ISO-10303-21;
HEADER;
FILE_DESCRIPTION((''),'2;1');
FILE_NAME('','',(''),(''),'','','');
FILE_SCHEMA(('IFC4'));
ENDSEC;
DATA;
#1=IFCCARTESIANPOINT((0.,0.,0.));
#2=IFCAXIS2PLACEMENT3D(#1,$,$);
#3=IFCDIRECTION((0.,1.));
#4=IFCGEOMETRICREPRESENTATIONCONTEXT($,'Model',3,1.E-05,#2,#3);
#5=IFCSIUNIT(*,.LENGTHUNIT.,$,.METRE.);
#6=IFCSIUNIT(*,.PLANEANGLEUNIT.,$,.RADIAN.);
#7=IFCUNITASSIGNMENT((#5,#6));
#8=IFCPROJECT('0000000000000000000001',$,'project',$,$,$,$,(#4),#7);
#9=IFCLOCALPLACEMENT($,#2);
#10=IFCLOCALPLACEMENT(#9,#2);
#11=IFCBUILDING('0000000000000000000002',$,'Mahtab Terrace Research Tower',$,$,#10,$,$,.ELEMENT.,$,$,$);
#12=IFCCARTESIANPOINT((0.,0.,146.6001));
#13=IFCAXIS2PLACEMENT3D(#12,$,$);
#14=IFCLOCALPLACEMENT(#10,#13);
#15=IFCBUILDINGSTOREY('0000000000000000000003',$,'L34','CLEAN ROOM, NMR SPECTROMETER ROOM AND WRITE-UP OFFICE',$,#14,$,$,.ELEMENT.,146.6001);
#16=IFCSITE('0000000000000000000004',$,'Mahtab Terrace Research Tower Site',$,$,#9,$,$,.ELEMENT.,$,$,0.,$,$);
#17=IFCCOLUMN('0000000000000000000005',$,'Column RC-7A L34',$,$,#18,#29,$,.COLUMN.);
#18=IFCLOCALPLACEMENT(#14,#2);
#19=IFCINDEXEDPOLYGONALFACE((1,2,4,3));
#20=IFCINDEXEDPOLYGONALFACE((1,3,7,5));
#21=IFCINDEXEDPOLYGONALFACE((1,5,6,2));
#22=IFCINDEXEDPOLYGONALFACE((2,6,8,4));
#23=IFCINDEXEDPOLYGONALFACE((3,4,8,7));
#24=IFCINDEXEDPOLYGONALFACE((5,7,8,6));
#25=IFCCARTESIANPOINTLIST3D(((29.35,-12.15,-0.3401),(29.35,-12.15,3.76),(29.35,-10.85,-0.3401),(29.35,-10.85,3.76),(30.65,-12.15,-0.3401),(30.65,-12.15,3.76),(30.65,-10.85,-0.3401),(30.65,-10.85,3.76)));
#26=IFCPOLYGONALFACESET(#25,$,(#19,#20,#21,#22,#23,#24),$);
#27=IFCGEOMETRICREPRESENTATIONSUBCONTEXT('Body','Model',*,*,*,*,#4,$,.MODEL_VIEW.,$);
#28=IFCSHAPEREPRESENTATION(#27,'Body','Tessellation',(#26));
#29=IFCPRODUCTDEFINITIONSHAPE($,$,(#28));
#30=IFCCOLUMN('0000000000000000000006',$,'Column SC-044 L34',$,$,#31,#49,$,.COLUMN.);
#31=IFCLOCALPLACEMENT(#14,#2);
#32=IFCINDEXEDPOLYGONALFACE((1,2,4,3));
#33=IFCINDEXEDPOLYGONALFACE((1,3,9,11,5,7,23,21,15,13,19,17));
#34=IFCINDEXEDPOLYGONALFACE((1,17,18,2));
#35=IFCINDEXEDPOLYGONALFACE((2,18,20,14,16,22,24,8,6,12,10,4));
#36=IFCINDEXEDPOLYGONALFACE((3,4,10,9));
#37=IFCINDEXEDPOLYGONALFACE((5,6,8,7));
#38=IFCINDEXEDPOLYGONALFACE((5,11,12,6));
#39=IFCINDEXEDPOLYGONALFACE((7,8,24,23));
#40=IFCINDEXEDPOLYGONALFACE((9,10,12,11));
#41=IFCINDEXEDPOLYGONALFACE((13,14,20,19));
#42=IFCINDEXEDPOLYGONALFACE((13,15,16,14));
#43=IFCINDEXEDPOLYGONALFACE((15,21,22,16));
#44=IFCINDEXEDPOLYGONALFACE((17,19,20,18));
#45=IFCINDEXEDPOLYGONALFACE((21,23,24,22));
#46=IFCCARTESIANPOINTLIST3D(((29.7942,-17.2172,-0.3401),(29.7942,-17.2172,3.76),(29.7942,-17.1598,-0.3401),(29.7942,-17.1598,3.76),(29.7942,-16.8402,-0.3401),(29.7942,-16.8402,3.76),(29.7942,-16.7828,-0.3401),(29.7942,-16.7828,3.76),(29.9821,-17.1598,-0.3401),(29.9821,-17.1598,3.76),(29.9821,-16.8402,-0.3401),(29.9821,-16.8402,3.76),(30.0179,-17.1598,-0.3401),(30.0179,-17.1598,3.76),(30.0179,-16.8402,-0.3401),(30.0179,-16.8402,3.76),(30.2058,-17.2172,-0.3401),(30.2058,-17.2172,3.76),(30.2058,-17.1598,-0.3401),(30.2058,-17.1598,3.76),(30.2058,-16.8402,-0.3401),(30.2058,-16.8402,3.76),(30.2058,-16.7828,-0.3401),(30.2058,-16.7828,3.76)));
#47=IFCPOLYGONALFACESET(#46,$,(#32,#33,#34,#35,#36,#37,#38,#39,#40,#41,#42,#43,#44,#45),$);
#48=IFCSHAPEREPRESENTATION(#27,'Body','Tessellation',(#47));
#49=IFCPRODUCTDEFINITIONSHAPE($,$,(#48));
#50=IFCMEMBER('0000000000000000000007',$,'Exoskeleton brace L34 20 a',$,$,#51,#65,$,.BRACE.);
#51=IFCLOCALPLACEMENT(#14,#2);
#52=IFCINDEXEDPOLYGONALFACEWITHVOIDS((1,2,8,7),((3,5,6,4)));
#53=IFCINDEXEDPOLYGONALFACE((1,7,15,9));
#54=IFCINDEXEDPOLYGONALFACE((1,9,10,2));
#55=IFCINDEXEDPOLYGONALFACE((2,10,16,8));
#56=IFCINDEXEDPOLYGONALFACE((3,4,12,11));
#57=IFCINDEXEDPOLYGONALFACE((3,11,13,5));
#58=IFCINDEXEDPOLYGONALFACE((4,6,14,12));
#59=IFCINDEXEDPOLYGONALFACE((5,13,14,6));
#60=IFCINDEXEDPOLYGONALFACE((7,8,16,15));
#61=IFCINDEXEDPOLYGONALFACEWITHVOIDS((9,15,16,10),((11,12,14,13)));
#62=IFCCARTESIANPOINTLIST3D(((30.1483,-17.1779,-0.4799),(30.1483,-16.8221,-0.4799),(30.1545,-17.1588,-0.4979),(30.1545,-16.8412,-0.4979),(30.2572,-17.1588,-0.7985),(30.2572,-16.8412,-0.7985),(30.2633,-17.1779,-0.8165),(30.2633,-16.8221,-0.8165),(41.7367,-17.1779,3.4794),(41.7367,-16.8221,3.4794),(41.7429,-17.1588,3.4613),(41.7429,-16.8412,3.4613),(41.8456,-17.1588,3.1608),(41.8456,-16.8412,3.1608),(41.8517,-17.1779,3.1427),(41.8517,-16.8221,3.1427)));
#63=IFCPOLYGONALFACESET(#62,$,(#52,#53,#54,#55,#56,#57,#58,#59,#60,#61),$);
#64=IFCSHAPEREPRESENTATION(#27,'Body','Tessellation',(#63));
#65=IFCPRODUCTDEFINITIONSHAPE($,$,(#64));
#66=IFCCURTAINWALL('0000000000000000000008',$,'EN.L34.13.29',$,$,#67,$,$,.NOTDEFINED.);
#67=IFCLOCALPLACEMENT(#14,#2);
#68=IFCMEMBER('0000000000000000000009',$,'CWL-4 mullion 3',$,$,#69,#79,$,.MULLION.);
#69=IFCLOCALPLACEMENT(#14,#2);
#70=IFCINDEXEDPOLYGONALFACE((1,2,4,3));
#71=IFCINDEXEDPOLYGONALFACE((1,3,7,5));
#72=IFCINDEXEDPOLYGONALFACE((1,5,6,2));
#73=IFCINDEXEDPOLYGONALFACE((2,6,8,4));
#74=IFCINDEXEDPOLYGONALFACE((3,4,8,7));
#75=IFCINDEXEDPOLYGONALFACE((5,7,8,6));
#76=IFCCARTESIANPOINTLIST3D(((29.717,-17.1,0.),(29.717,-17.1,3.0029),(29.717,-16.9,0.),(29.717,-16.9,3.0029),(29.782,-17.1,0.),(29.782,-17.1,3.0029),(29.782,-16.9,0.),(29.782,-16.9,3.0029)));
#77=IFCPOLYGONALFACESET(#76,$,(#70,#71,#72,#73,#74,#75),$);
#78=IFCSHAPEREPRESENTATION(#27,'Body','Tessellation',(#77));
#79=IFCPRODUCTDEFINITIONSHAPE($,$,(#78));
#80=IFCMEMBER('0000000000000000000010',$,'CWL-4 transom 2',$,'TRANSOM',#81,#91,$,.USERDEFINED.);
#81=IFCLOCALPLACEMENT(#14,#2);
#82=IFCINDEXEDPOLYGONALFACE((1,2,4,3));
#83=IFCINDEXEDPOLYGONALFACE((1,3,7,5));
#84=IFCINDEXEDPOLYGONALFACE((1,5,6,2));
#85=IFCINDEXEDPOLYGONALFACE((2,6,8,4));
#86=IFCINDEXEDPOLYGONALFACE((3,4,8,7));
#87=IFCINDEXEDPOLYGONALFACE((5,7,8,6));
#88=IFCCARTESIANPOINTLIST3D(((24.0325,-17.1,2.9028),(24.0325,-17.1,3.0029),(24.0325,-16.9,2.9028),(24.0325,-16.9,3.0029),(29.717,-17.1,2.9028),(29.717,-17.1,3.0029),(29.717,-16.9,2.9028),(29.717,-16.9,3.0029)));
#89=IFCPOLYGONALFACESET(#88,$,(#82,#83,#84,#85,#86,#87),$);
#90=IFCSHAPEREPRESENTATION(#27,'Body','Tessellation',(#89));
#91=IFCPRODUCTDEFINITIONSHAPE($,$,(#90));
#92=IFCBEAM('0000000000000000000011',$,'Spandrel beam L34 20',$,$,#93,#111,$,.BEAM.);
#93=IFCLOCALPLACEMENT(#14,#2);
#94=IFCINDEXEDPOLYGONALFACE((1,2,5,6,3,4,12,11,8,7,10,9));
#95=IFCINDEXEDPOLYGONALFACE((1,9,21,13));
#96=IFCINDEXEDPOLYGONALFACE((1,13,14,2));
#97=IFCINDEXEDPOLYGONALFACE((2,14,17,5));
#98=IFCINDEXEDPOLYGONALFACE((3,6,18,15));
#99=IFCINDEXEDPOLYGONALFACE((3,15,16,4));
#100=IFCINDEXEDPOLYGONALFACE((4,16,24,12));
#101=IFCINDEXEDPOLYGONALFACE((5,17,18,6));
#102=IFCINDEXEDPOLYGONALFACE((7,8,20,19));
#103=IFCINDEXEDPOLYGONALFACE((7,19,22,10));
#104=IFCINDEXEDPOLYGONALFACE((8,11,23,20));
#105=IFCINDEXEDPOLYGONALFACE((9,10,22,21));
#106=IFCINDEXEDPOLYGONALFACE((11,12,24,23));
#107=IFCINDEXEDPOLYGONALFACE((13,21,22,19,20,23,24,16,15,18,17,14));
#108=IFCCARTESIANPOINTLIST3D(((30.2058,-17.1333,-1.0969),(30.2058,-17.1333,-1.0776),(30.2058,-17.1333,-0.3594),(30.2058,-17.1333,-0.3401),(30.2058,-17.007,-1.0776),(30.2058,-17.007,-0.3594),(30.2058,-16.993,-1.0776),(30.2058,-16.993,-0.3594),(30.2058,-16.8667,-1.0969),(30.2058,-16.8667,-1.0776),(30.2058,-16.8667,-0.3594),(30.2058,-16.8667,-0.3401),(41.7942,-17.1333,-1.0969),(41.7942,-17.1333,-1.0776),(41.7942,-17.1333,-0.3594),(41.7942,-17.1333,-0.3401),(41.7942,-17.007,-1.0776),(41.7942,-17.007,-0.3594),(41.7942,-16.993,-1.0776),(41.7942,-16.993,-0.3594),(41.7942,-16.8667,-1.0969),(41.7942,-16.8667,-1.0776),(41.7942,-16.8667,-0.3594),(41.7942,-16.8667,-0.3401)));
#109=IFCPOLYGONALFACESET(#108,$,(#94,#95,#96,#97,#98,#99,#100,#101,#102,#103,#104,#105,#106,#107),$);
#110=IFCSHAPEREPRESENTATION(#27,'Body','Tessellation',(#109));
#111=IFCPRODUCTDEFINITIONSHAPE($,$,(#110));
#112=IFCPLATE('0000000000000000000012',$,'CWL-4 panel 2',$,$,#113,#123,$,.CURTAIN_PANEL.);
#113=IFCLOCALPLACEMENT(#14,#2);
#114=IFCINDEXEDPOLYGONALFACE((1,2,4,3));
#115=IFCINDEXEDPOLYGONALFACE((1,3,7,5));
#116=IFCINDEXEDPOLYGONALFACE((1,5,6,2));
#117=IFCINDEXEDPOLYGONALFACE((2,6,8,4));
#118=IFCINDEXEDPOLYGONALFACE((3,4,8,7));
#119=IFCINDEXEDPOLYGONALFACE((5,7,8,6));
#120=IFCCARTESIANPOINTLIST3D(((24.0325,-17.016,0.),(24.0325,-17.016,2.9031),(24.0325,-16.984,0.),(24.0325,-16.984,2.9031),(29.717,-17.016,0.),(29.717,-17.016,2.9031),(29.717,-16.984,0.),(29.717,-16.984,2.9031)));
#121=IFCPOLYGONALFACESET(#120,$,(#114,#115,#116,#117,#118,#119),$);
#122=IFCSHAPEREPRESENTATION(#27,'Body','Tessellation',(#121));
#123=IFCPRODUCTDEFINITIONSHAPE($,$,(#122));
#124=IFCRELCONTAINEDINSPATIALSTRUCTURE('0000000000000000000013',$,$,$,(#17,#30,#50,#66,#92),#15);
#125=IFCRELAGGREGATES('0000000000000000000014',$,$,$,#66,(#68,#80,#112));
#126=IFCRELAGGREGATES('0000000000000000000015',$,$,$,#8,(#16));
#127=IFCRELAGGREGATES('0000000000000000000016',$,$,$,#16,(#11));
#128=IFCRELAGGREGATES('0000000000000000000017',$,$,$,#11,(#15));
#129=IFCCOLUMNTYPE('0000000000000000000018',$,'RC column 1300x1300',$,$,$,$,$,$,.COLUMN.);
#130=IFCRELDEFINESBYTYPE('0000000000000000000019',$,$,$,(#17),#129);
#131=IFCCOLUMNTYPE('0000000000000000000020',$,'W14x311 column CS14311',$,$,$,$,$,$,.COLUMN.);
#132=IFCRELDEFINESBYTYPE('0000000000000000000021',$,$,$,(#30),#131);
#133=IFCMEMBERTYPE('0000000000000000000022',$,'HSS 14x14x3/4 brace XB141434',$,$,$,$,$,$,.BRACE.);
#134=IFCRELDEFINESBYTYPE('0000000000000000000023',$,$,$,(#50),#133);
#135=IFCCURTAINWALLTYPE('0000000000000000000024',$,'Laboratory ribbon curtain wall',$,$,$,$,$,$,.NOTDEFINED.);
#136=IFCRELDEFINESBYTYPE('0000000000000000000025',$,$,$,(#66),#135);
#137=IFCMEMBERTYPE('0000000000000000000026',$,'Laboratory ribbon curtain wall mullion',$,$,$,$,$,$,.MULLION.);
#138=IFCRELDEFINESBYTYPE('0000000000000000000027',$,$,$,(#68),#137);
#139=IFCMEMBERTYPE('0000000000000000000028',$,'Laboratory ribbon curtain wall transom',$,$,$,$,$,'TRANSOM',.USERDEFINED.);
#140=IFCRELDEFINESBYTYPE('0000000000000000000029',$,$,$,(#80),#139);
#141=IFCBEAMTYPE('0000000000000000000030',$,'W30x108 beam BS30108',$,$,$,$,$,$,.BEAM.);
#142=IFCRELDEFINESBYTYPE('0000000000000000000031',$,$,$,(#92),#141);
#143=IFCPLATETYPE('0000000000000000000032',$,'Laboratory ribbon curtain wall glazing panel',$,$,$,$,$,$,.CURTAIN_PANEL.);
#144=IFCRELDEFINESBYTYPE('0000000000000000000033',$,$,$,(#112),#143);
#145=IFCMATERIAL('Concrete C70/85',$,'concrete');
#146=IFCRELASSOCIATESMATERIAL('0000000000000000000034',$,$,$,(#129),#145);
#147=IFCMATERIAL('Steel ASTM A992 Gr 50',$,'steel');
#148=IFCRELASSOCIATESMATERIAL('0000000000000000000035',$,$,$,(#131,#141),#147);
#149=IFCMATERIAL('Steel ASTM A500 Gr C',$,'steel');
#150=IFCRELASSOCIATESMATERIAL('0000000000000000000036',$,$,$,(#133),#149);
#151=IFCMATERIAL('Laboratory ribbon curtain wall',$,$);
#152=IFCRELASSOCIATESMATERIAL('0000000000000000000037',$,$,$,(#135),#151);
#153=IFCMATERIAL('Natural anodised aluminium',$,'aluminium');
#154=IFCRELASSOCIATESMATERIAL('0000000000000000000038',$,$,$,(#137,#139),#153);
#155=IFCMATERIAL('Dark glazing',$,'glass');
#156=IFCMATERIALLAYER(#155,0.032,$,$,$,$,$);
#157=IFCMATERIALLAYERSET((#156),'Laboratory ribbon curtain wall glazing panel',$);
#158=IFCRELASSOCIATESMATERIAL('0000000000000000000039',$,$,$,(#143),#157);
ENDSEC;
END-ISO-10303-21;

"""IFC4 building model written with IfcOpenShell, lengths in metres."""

from ifc_helpers import new_model, si_unit, direction, frame, origin, origin_2d, place, context, subcontext, project, spatial, rectangle, hollow_rectangle, i_section, extrude, material, layer, layer_set, material_profile, profile_set, type_object, element, aggregate, save


model = new_model("IFC4")

# Units and contexts
model_context = context("Model", 3, precision=1e-05, world=origin(), true_north=direction((0.0, 1.0)))
body_context = subcontext(model_context, "Body", "Model", "MODEL_VIEW")
ifc_project = project(units=[si_unit("LENGTHUNIT", "METRE"), si_unit("PLANEANGLEUNIT", "RADIAN")], contexts=[model_context])

# Site, building, storey
site_placement = place(None, origin())
site = spatial("IfcSite", under=ifc_project, at=site_placement, Name="Mahtab Terrace Research Tower Site", CompositionType="ELEMENT", RefElevation=0.0)
building_placement = place(site_placement, origin())
building = spatial("IfcBuilding", under=site, at=building_placement, Name="Mahtab Terrace Research Tower", CompositionType="ELEMENT")
storey_placement = place(building_placement, frame((0.0, 0.0, 146.6001)))
storey = spatial("IfcBuildingStorey", under=building, at=storey_placement, Name="L34", Description="CLEAN ROOM, NMR SPECTROMETER ROOM AND WRITE-UP OFFICE", CompositionType="ELEMENT", Elevation=146.6001)

# Columns
ifc_material_1 = material(Name="Concrete C70/85", Category="concrete")
ifc_material_profile_1 = material_profile(ifc_material_1, rectangle(XDim=1.3, YDim=1.3, at=origin_2d()), Name="RC column 1300x1300")
ifc_profile_set_1 = profile_set([ifc_material_profile_1], Name="Concrete C70/85")
column_type_1 = type_object("IfcColumnType", Name="RC column 1300x1300", PredefinedType="COLUMN", material=ifc_profile_set_1)
column_1_placement = place(storey_placement, frame((30.0, -11.5, -0.3401), z_axis=(0.0, 0.0, 1.0), x_axis=(1.0, 0.0, 0.0)))
element("IfcColumn", 1, at=column_1_placement, inside=storey, type_object=column_type_1, Name="Column RC-7A L34", PredefinedType="COLUMN", context=body_context, shape_type="SweptSolid", body=[
    extrude(rectangle(XDim=1.3, YDim=1.3, at=origin_2d()), origin(), (0.0, 0.0, 1.0), 4.1001),
])
ifc_material_2 = material(Name="Steel ASTM A992 Gr 50", Category="steel")
ifc_material_profile_2 = material_profile(ifc_material_2, i_section(OverallWidth=0.4116, OverallDepth=0.4343, WebThickness=0.0359, FlangeThickness=0.0574, at=origin_2d()), Name="W14X311")
ifc_profile_set_2 = profile_set([ifc_material_profile_2], Name="Steel ASTM A992 Gr 50")
column_type_2 = type_object("IfcColumnType", Name="W14x311 column CS14311", PredefinedType="COLUMN", material=ifc_profile_set_2)
column_2_placement = place(storey_placement, frame((30.0, -17.0, -0.3401), z_axis=(0.0, 0.0, 1.0), x_axis=(1.0, 0.0, 0.0)))
element("IfcColumn", 2, at=column_2_placement, inside=storey, type_object=column_type_2, Name="Column SC-044 L34", PredefinedType="COLUMN", context=body_context, shape_type="SweptSolid", body=[
    extrude(i_section(OverallWidth=0.4116, OverallDepth=0.4343, WebThickness=0.0359, FlangeThickness=0.0574, at=origin_2d()), origin(), (0.0, 0.0, 1.0), 4.1001),
])

# Member
ifc_material_3 = material(Name="Steel ASTM A500 Gr C", Category="steel")
ifc_material_profile_3 = material_profile(ifc_material_3, hollow_rectangle(XDim=0.3557, YDim=0.3557, WallThickness=0.019, at=origin_2d()), Name="HSS14X14X3/4")
ifc_profile_set_3 = profile_set([ifc_material_profile_3], Name="Steel ASTM A500 Gr C")
member_type_1 = type_object("IfcMemberType", Name="HSS 14x14x3/4 brace XB141434", PredefinedType="BRACE", material=ifc_profile_set_3)
member_1_placement = place(storey_placement, frame((30.2058, -17.0, -0.6482), z_axis=(0.946294, 0.0, 0.323306), x_axis=(0.0, 1.0, 0.0)))
element("IfcMember", 3, at=member_1_placement, inside=storey, type_object=member_type_1, Name="Exoskeleton brace L34 20 a", PredefinedType="BRACE", context=body_context, shape_type="SweptSolid", body=[
    extrude(hollow_rectangle(XDim=0.3557, YDim=0.3557, WallThickness=0.019, at=origin_2d()), origin(), (0.0, 0.0, 1.0), 12.2461),
])

# Curtain wall, members
ifc_material_4 = material(Name="Laboratory ribbon curtain wall")
curtain_wall_type = type_object("IfcCurtainWallType", Name="Laboratory ribbon curtain wall", PredefinedType="NOTDEFINED", material=ifc_material_4)
curtain_wall_placement = place(storey_placement, origin())
curtain_wall = element("IfcCurtainWall", 4, at=curtain_wall_placement, inside=storey, type_object=curtain_wall_type, Name="EN.L34.13.29", PredefinedType="NOTDEFINED")
ifc_material_5 = material(Name="Natural anodised aluminium", Category="aluminium")
ifc_material_profile_4 = material_profile(ifc_material_5, rectangle(XDim=0.2, YDim=0.0649, at=origin_2d()), Name="MULLION 65x200")
ifc_profile_set_4 = profile_set([ifc_material_profile_4], Name="Natural anodised aluminium")
member_type_2 = type_object("IfcMemberType", Name="Laboratory ribbon curtain wall mullion", PredefinedType="MULLION", material=ifc_profile_set_4)
member_2_placement = place(storey_placement, frame((29.7495, -17.0, 0.0), z_axis=(0.0, 0.0, 1.0), x_axis=(0.0, 1.0, 0.0)))
member_2 = element("IfcMember", 5, at=member_2_placement, type_object=member_type_2, Name="CWL-4 mullion 3", PredefinedType="MULLION", context=body_context, shape_type="SweptSolid", body=[
    extrude(rectangle(XDim=0.2, YDim=0.0649, at=origin_2d()), origin(), (0.0, 0.0, 1.0), 3.0029),
])
ifc_material_profile_5 = material_profile(ifc_material_5, rectangle(XDim=0.2, YDim=0.1001, at=origin_2d()), Name="TRANSOM 100x200")
ifc_profile_set_5 = profile_set([ifc_material_profile_5], Name="Natural anodised aluminium")
member_type_3 = type_object("IfcMemberType", Name="Laboratory ribbon curtain wall transom", ElementType="TRANSOM", PredefinedType="USERDEFINED", material=ifc_profile_set_5)
member_3_placement = place(storey_placement, frame((24.0325, -17.0, 2.9529), z_axis=(1.0, 0.0, 0.0), x_axis=(0.0, 1.0, 0.0)))
member_3 = element("IfcMember", 6, at=member_3_placement, type_object=member_type_3, Name="CWL-4 transom 2", ObjectType="TRANSOM", PredefinedType="USERDEFINED", context=body_context, shape_type="SweptSolid", body=[
    extrude(rectangle(XDim=0.2, YDim=0.1001, at=origin_2d()), origin(), (0.0, 0.0, 1.0), 5.6846),
])

# Beam
ifc_material_profile_6 = material_profile(ifc_material_2, i_section(OverallWidth=0.2666, OverallDepth=0.7568, WebThickness=0.0139, FlangeThickness=0.0193, at=origin_2d()), Name="W30X108")
ifc_profile_set_6 = profile_set([ifc_material_profile_6], Name="Steel ASTM A992 Gr 50")
beam_type = type_object("IfcBeamType", Name="W30x108 beam BS30108", PredefinedType="BEAM", material=ifc_profile_set_6)
beam_placement = place(storey_placement, frame((30.2058, -17.0, -0.7185), z_axis=(1.0, 0.0, 0.0), x_axis=(0.0, 1.0, 0.0)))
element("IfcBeam", 7, at=beam_placement, inside=storey, type_object=beam_type, Name="Spandrel beam L34 20", PredefinedType="BEAM", context=body_context, shape_type="SweptSolid", body=[
    extrude(i_section(OverallWidth=0.2666, OverallDepth=0.7568, WebThickness=0.0139, FlangeThickness=0.0193, at=origin_2d()), origin(), (0.0, 0.0, 1.0), 11.5884),
])

# Plate
ifc_material_6 = material(Name="Dark glazing", Category="glass")
ifc_layer_1 = layer(ifc_material_6, 0.032)
ifc_layer_set_1 = layer_set([ifc_layer_1], Name="Laboratory ribbon curtain wall glazing panel")
plate_type = type_object("IfcPlateType", Name="Laboratory ribbon curtain wall glazing panel", PredefinedType="CURTAIN_PANEL", material=ifc_layer_set_1)
plate_placement = place(storey_placement, frame((26.8748, -17.0, 0.0), z_axis=(0.0, 0.0, 1.0), x_axis=(1.0, 0.0, 0.0)))
plate = element("IfcPlate", 8, at=plate_placement, type_object=plate_type, Name="CWL-4 panel 2", PredefinedType="CURTAIN_PANEL", context=body_context, shape_type="SweptSolid", body=[
    extrude(rectangle(XDim=5.6846, YDim=0.032, at=origin_2d()), origin(), (0.0, 0.0, 1.0), 2.9031),
])
aggregate(curtain_wall, [member_2, member_3, plate])

save(model, "model.ifc")
